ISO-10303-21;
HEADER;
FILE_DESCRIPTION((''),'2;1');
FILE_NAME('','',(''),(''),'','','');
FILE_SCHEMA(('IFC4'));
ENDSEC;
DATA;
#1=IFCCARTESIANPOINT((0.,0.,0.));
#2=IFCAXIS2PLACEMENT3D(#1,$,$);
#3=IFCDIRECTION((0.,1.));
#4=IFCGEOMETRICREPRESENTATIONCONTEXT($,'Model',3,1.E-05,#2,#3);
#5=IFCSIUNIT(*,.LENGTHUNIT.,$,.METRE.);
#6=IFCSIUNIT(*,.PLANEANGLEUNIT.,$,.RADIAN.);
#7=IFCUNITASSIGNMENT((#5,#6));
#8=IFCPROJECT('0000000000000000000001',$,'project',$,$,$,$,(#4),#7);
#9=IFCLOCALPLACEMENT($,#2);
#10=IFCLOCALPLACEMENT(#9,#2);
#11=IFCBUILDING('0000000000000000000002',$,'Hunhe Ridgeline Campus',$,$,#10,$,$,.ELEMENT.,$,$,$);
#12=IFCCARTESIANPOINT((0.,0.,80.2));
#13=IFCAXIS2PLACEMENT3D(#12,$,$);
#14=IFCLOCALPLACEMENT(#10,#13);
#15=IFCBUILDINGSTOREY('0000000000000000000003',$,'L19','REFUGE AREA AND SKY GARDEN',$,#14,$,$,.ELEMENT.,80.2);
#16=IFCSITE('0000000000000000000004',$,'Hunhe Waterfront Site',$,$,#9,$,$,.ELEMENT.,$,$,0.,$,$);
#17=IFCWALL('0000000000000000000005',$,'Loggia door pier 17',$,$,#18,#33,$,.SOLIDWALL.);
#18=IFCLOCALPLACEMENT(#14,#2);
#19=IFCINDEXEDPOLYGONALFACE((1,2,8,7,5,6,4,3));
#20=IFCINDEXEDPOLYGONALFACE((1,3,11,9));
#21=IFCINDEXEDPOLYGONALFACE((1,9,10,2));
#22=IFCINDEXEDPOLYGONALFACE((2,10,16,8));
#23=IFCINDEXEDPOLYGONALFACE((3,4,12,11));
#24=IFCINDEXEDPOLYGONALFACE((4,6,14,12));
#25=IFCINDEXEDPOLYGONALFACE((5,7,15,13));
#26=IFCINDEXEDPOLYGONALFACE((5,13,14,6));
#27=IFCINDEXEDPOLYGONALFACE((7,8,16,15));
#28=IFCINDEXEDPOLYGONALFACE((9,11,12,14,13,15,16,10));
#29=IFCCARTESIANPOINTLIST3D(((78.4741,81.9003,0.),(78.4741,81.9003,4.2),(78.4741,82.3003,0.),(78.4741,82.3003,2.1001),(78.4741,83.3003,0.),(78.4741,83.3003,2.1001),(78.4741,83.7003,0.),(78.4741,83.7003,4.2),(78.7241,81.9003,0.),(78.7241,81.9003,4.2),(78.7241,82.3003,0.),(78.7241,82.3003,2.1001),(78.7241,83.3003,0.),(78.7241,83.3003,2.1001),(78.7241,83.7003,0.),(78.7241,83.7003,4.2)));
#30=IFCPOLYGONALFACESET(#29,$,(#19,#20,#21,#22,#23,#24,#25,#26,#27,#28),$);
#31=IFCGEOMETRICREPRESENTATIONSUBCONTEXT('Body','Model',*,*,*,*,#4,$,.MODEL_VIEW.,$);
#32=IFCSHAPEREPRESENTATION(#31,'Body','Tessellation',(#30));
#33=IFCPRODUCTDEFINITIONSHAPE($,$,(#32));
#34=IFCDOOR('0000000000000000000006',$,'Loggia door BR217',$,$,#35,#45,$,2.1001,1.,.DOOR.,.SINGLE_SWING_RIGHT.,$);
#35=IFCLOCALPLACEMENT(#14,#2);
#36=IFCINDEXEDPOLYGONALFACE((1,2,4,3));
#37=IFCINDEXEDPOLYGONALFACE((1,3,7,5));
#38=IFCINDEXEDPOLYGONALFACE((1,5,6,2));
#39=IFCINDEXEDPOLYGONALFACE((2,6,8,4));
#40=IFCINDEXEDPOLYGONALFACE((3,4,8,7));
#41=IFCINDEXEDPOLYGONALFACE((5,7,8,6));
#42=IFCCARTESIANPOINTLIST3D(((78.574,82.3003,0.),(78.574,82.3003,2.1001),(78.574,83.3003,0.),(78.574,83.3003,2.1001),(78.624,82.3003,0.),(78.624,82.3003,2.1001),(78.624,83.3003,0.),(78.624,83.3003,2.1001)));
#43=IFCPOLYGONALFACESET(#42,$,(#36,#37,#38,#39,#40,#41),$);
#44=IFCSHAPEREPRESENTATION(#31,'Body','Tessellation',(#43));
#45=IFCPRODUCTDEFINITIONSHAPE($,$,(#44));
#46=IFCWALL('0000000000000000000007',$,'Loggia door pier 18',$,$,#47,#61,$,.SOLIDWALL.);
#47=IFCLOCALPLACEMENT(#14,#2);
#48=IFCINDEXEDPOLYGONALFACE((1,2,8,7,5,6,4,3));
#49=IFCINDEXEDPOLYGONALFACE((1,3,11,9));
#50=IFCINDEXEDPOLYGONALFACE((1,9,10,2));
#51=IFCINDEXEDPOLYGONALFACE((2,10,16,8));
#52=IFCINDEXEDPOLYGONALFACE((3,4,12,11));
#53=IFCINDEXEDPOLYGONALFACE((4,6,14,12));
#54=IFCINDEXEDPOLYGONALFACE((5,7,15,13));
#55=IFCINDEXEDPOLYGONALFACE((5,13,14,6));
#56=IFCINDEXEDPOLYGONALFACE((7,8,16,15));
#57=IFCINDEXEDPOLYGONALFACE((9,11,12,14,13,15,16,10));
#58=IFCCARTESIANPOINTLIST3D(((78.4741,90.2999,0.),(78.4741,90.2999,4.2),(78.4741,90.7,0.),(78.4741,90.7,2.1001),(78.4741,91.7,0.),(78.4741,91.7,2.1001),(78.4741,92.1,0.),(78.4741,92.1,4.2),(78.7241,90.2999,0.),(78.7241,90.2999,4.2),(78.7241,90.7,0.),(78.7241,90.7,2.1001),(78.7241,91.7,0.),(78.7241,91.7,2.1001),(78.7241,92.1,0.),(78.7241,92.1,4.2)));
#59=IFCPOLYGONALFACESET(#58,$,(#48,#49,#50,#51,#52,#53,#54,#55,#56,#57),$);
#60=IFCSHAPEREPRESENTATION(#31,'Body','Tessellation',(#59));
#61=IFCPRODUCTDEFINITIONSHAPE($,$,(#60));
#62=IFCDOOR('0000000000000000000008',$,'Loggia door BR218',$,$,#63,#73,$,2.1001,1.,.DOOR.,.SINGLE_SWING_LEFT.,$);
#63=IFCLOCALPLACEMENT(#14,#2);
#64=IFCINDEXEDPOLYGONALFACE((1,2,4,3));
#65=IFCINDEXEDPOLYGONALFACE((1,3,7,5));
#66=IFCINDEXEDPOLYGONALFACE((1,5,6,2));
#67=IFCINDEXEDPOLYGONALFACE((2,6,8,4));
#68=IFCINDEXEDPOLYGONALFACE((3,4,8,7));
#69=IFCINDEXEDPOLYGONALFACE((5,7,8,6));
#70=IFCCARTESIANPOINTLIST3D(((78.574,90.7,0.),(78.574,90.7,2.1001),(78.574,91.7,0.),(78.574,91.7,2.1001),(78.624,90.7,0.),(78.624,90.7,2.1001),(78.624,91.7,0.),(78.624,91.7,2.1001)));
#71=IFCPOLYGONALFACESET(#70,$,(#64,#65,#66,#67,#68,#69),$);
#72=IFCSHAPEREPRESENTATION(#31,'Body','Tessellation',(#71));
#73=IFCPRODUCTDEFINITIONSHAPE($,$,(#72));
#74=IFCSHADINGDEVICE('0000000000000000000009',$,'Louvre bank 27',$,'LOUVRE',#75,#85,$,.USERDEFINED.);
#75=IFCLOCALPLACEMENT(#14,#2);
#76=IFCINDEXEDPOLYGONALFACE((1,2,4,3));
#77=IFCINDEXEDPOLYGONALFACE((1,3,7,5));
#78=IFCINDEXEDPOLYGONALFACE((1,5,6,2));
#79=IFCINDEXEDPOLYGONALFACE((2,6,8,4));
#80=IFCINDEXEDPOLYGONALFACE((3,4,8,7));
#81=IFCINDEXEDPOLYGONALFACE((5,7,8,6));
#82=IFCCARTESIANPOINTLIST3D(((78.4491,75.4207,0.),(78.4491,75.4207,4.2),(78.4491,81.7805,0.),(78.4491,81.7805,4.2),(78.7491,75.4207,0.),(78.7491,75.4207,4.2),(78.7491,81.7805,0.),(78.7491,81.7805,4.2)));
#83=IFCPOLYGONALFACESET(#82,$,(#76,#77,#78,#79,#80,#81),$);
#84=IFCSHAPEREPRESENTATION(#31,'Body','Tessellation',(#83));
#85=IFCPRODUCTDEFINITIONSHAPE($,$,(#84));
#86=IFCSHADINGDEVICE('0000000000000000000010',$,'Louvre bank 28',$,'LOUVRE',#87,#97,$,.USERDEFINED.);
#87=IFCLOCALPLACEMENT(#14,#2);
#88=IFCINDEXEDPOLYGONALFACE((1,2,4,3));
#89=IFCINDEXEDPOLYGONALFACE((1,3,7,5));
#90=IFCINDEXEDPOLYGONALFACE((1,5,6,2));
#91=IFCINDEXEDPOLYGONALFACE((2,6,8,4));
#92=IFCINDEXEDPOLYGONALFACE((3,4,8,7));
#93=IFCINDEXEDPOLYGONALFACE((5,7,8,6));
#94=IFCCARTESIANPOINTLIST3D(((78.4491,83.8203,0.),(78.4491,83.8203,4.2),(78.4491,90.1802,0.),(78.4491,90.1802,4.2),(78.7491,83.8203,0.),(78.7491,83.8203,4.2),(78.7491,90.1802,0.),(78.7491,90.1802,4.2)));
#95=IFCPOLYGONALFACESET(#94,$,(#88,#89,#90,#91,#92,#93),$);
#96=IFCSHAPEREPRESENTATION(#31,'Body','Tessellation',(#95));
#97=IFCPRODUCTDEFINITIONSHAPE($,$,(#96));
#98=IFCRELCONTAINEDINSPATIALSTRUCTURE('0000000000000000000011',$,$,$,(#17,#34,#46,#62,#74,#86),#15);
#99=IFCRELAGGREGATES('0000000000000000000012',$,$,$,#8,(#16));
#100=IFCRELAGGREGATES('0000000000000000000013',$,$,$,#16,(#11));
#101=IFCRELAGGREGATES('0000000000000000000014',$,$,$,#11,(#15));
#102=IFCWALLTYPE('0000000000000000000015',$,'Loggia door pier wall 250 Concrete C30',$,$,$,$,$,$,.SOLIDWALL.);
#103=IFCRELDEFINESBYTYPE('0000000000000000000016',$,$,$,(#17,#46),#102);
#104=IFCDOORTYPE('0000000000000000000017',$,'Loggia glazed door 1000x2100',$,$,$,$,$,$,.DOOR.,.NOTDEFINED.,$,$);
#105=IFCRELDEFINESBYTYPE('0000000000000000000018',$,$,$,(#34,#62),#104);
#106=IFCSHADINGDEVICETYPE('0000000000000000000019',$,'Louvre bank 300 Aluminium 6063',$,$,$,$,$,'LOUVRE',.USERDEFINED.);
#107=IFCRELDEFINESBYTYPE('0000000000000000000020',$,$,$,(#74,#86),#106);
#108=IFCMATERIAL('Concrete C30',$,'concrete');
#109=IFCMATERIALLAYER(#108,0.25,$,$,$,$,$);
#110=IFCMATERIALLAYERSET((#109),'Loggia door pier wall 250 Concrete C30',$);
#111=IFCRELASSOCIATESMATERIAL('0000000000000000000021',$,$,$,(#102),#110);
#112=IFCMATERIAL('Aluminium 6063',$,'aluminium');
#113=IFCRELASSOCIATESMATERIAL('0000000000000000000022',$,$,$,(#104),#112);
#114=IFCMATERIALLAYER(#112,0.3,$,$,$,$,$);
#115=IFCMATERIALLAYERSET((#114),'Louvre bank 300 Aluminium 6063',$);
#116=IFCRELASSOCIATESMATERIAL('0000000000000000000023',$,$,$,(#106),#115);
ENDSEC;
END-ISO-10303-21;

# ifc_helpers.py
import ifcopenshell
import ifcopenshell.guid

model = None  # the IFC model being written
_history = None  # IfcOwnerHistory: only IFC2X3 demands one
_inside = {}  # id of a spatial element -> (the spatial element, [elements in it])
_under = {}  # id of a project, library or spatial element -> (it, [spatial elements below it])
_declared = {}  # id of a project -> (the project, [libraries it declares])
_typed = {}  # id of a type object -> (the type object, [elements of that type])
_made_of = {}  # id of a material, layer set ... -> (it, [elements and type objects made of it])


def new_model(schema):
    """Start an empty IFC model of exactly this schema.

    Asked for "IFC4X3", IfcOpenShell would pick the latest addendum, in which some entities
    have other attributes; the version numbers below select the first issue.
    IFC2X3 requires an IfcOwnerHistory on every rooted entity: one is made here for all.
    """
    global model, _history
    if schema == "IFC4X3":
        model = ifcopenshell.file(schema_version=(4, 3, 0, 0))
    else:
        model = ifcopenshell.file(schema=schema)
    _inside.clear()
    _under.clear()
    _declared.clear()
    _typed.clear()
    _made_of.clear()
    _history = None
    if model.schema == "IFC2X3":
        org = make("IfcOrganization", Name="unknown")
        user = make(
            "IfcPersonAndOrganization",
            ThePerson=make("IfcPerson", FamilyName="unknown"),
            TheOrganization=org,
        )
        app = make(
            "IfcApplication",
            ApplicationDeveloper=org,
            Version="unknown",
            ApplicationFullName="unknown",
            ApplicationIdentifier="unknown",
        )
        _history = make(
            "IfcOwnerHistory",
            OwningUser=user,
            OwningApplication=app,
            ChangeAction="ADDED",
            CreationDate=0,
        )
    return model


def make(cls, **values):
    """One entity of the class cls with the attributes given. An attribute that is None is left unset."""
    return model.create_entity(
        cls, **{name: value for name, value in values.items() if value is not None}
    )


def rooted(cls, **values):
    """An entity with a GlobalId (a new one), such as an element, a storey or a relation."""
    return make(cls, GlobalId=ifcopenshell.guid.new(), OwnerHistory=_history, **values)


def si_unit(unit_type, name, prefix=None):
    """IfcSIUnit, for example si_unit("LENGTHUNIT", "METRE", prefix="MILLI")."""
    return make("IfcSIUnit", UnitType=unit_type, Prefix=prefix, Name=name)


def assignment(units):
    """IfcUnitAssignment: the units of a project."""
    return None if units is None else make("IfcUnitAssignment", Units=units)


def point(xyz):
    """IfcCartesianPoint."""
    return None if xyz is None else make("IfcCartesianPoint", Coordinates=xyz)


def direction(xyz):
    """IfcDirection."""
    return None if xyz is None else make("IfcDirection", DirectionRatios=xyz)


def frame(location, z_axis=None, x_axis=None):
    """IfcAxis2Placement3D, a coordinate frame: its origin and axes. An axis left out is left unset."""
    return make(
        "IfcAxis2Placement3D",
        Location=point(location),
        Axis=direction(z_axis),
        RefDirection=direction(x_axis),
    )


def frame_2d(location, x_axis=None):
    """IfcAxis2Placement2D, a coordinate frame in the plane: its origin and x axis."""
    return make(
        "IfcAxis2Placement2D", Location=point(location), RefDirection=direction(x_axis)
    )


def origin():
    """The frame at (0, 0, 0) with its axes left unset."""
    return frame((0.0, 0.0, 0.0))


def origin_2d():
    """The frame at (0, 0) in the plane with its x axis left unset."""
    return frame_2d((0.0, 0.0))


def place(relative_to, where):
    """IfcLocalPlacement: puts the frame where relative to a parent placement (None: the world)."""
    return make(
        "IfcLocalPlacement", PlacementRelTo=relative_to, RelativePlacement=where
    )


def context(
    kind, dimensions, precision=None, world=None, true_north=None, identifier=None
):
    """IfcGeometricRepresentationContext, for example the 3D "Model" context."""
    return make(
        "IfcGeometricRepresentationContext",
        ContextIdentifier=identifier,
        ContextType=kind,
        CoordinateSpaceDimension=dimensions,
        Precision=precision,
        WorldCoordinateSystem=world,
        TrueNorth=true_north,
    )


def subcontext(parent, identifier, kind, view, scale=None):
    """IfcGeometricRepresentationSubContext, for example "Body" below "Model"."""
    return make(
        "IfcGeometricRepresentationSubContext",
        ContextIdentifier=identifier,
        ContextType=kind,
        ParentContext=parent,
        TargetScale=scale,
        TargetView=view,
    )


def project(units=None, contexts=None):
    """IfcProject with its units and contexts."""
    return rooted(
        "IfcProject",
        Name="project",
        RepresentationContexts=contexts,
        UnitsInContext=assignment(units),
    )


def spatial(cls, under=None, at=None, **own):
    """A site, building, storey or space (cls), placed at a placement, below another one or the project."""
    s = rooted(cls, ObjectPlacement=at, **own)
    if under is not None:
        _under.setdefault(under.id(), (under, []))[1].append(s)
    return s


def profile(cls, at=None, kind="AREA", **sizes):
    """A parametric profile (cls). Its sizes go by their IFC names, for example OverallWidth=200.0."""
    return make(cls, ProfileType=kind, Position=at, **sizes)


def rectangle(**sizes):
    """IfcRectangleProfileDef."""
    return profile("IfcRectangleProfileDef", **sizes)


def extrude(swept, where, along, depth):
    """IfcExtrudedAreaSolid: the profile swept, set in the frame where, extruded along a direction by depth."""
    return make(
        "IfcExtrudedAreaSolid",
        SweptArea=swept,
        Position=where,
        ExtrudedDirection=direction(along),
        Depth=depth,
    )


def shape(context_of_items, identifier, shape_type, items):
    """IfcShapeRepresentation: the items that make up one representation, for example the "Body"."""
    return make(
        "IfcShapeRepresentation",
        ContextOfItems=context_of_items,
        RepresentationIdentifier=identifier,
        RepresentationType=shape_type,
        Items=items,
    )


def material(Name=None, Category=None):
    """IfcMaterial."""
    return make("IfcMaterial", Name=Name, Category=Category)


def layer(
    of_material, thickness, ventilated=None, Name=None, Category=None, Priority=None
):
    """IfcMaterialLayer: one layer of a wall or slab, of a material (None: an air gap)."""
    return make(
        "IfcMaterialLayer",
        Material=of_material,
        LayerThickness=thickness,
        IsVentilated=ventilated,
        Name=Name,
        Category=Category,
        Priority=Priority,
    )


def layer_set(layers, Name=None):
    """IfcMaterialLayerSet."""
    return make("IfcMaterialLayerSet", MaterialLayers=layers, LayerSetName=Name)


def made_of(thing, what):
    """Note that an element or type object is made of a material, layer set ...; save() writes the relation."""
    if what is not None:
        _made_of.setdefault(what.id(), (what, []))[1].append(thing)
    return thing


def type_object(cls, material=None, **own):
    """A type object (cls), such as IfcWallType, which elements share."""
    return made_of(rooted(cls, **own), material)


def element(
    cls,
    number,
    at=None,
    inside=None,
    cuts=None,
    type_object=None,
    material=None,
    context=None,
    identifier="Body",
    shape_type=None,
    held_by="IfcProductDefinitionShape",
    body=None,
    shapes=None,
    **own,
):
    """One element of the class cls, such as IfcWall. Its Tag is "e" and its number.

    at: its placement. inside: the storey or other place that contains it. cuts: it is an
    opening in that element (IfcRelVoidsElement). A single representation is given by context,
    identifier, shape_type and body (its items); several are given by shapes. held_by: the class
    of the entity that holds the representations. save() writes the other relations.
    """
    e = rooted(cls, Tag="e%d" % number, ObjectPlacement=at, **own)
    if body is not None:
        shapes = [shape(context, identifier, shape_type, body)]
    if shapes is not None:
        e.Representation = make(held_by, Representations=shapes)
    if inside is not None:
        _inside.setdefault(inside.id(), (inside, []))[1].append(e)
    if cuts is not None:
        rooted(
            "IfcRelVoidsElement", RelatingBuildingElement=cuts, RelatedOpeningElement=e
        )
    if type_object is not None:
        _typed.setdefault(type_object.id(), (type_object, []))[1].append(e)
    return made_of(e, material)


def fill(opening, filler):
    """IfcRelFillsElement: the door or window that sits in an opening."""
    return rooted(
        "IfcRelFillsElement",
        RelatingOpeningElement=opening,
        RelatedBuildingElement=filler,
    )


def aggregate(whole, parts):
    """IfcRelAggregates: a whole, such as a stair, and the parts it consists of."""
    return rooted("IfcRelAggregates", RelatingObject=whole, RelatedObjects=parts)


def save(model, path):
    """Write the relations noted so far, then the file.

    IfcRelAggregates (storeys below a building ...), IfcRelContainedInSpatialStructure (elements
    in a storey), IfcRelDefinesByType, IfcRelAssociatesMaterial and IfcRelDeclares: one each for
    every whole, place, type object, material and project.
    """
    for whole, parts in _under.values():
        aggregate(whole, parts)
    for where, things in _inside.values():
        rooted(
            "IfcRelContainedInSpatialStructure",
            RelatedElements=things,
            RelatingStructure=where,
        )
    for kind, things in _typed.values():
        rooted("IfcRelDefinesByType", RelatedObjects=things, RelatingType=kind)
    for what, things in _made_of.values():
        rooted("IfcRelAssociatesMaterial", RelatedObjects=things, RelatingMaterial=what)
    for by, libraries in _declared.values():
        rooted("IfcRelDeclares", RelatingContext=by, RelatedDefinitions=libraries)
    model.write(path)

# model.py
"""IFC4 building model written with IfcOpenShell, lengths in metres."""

from ifc_helpers import new_model, si_unit, direction, frame, frame_2d, origin, origin_2d, place, context, subcontext, project, spatial, rectangle, extrude, material, layer, layer_set, type_object, element, fill, save


model = new_model("IFC4")

# Units and contexts
model_context = context("Model", 3, precision=1e-05, world=origin(), true_north=direction((0.0, 1.0)))
body_context = subcontext(model_context, "Body", "Model", "MODEL_VIEW")
ifc_project = project(units=[si_unit("LENGTHUNIT", "METRE"), si_unit("PLANEANGLEUNIT", "RADIAN")], contexts=[model_context])

# Site, building, storey
site_placement = place(None, origin())
site = spatial("IfcSite", under=ifc_project, at=site_placement, Name="Hunhe Waterfront Site", CompositionType="ELEMENT", RefElevation=0.0)
building_placement = place(site_placement, origin())
building = spatial("IfcBuilding", under=site, at=building_placement, Name="Hunhe Ridgeline Campus", CompositionType="ELEMENT")
storey_placement = place(building_placement, frame((0.0, 0.0, 80.2)))
storey = spatial("IfcBuildingStorey", under=building, at=storey_placement, Name="L19", Description="REFUGE AREA AND SKY GARDEN", CompositionType="ELEMENT", Elevation=80.2)

# Shared definitions
ifc_material_1 = material(Name="Aluminium 6063", Category="aluminium")

# Walls, openings, doors
ifc_material_2 = material(Name="Concrete C30", Category="concrete")
ifc_layer_1 = layer(ifc_material_2, 0.25)
ifc_layer_set_1 = layer_set([ifc_layer_1], Name="Loggia door pier wall 250 Concrete C30")
wall_type_1 = type_object("IfcWallType", Name="Loggia door pier wall 250 Concrete C30", PredefinedType="SOLIDWALL", material=ifc_layer_set_1)
door_type = type_object("IfcDoorType", Name="Loggia glazed door 1000x2100", OperationType="NOTDEFINED", PredefinedType="DOOR", material=ifc_material_1)
wall_1_placement = place(storey_placement, frame((78.5991, 81.9004, 0.0), z_axis=(0.0, 0.0, 1.0), x_axis=(0.0, 1.0, 0.0)))
wall_1 = element("IfcWall", 1, at=wall_1_placement, inside=storey, type_object=wall_type_1, Name="Loggia door pier 17", PredefinedType="SOLIDWALL", context=body_context, shape_type="SweptSolid", body=[
    extrude(rectangle(XDim=1.8, YDim=0.25, at=frame_2d((0.8999, 0.0))), origin(), (0.0, 0.0, 1.0), 4.2),
])
opening_1_placement = place(wall_1_placement, frame((0.3999, 0.0, 0.0)))
opening_1 = element("IfcOpeningElement", 2, at=opening_1_placement, cuts=wall_1, PredefinedType="OPENING", context=body_context, shape_type="SweptSolid", body=[
    extrude(rectangle(XDim=1.0, YDim=2.1001, at=frame_2d((0.5, 1.05))), frame((0.0, 0.125, 0.0), z_axis=(0.0, -1.0, 0.0), x_axis=(1.0, 0.0, 0.0)), (0.0, 0.0, 1.0), 0.25),
])
door_1_placement = place(opening_1_placement, frame((1.0, 0.0, 0.0), z_axis=(0.0, 0.0, 1.0), x_axis=(-1.0, 0.0, 0.0)))
door_1 = element("IfcDoor", 3, at=door_1_placement, inside=storey, type_object=door_type, Name="Loggia door BR217", OperationType="SINGLE_SWING_RIGHT", OverallHeight=2.1001, OverallWidth=1.0, PredefinedType="DOOR", context=body_context, shape_type="SweptSolid", body=[
    extrude(rectangle(XDim=1.0, YDim=2.1001, at=frame_2d((0.5, 1.05))), frame((0.0, 0.0249, 0.0), z_axis=(0.0, -1.0, 0.0), x_axis=(1.0, 0.0, 0.0)), (0.0, 0.0, 1.0), 0.05),
])
fill(opening_1, door_1)
wall_2_placement = place(storey_placement, frame((78.5991, 90.3, 0.0), z_axis=(0.0, 0.0, 1.0), x_axis=(0.0, 1.0, 0.0)))
wall_2 = element("IfcWall", 4, at=wall_2_placement, inside=storey, type_object=wall_type_1, Name="Loggia door pier 18", PredefinedType="SOLIDWALL", context=body_context, shape_type="SweptSolid", body=[
    extrude(rectangle(XDim=1.8, YDim=0.25, at=frame_2d((0.8999, 0.0))), origin(), (0.0, 0.0, 1.0), 4.2),
])
opening_2_placement = place(wall_2_placement, frame((0.3999, 0.0, 0.0)))
opening_2 = element("IfcOpeningElement", 5, at=opening_2_placement, cuts=wall_2, PredefinedType="OPENING", context=body_context, shape_type="SweptSolid", body=[
    extrude(rectangle(XDim=1.0, YDim=2.1001, at=frame_2d((0.5, 1.05))), frame((0.0, 0.125, 0.0), z_axis=(0.0, -1.0, 0.0), x_axis=(1.0, 0.0, 0.0)), (0.0, 0.0, 1.0), 0.25),
])
door_2_placement = place(opening_2_placement, frame((1.0, 0.0, 0.0), z_axis=(0.0, 0.0, 1.0), x_axis=(-1.0, 0.0, 0.0)))
door_2 = element("IfcDoor", 6, at=door_2_placement, inside=storey, type_object=door_type, Name="Loggia door BR218", OperationType="SINGLE_SWING_LEFT", OverallHeight=2.1001, OverallWidth=1.0, PredefinedType="DOOR", context=body_context, shape_type="SweptSolid", body=[
    extrude(rectangle(XDim=1.0, YDim=2.1001, at=frame_2d((0.5, 1.05))), frame((0.0, 0.0249, 0.0), z_axis=(0.0, -1.0, 0.0), x_axis=(1.0, 0.0, 0.0)), (0.0, 0.0, 1.0), 0.05),
])
fill(opening_2, door_2)

# Shading devices
ifc_layer_2 = layer(ifc_material_1, 0.3)
ifc_layer_set_2 = layer_set([ifc_layer_2], Name="Louvre bank 300 Aluminium 6063")
shading_device_type = type_object("IfcShadingDeviceType", Name="Louvre bank 300 Aluminium 6063", ElementType="LOUVRE", PredefinedType="USERDEFINED", material=ifc_layer_set_2)
for number, where, z_axis, x_axis, name in (
    (7, (78.5991, 78.6006, 0.0), (0.0, 0.0, 1.0), (0.0, 1.0, 0.0), "Louvre bank 27"),
    (8, (78.5991, 87.0002, 0.0), (0.0, 0.0, 1.0), (0.0, 1.0, 0.0), "Louvre bank 28"),
):
    element("IfcShadingDevice", number, at=place(storey_placement, frame(where, z_axis=z_axis, x_axis=x_axis)), inside=storey, type_object=shading_device_type, Name=name, ObjectType="LOUVRE", PredefinedType="USERDEFINED", context=body_context, shape_type="SweptSolid", body=[
        extrude(rectangle(XDim=6.3599, YDim=0.3, at=origin_2d()), origin(), (0.0, 0.0, 1.0), 4.2),
    ])

save(model, "model.ifc")
